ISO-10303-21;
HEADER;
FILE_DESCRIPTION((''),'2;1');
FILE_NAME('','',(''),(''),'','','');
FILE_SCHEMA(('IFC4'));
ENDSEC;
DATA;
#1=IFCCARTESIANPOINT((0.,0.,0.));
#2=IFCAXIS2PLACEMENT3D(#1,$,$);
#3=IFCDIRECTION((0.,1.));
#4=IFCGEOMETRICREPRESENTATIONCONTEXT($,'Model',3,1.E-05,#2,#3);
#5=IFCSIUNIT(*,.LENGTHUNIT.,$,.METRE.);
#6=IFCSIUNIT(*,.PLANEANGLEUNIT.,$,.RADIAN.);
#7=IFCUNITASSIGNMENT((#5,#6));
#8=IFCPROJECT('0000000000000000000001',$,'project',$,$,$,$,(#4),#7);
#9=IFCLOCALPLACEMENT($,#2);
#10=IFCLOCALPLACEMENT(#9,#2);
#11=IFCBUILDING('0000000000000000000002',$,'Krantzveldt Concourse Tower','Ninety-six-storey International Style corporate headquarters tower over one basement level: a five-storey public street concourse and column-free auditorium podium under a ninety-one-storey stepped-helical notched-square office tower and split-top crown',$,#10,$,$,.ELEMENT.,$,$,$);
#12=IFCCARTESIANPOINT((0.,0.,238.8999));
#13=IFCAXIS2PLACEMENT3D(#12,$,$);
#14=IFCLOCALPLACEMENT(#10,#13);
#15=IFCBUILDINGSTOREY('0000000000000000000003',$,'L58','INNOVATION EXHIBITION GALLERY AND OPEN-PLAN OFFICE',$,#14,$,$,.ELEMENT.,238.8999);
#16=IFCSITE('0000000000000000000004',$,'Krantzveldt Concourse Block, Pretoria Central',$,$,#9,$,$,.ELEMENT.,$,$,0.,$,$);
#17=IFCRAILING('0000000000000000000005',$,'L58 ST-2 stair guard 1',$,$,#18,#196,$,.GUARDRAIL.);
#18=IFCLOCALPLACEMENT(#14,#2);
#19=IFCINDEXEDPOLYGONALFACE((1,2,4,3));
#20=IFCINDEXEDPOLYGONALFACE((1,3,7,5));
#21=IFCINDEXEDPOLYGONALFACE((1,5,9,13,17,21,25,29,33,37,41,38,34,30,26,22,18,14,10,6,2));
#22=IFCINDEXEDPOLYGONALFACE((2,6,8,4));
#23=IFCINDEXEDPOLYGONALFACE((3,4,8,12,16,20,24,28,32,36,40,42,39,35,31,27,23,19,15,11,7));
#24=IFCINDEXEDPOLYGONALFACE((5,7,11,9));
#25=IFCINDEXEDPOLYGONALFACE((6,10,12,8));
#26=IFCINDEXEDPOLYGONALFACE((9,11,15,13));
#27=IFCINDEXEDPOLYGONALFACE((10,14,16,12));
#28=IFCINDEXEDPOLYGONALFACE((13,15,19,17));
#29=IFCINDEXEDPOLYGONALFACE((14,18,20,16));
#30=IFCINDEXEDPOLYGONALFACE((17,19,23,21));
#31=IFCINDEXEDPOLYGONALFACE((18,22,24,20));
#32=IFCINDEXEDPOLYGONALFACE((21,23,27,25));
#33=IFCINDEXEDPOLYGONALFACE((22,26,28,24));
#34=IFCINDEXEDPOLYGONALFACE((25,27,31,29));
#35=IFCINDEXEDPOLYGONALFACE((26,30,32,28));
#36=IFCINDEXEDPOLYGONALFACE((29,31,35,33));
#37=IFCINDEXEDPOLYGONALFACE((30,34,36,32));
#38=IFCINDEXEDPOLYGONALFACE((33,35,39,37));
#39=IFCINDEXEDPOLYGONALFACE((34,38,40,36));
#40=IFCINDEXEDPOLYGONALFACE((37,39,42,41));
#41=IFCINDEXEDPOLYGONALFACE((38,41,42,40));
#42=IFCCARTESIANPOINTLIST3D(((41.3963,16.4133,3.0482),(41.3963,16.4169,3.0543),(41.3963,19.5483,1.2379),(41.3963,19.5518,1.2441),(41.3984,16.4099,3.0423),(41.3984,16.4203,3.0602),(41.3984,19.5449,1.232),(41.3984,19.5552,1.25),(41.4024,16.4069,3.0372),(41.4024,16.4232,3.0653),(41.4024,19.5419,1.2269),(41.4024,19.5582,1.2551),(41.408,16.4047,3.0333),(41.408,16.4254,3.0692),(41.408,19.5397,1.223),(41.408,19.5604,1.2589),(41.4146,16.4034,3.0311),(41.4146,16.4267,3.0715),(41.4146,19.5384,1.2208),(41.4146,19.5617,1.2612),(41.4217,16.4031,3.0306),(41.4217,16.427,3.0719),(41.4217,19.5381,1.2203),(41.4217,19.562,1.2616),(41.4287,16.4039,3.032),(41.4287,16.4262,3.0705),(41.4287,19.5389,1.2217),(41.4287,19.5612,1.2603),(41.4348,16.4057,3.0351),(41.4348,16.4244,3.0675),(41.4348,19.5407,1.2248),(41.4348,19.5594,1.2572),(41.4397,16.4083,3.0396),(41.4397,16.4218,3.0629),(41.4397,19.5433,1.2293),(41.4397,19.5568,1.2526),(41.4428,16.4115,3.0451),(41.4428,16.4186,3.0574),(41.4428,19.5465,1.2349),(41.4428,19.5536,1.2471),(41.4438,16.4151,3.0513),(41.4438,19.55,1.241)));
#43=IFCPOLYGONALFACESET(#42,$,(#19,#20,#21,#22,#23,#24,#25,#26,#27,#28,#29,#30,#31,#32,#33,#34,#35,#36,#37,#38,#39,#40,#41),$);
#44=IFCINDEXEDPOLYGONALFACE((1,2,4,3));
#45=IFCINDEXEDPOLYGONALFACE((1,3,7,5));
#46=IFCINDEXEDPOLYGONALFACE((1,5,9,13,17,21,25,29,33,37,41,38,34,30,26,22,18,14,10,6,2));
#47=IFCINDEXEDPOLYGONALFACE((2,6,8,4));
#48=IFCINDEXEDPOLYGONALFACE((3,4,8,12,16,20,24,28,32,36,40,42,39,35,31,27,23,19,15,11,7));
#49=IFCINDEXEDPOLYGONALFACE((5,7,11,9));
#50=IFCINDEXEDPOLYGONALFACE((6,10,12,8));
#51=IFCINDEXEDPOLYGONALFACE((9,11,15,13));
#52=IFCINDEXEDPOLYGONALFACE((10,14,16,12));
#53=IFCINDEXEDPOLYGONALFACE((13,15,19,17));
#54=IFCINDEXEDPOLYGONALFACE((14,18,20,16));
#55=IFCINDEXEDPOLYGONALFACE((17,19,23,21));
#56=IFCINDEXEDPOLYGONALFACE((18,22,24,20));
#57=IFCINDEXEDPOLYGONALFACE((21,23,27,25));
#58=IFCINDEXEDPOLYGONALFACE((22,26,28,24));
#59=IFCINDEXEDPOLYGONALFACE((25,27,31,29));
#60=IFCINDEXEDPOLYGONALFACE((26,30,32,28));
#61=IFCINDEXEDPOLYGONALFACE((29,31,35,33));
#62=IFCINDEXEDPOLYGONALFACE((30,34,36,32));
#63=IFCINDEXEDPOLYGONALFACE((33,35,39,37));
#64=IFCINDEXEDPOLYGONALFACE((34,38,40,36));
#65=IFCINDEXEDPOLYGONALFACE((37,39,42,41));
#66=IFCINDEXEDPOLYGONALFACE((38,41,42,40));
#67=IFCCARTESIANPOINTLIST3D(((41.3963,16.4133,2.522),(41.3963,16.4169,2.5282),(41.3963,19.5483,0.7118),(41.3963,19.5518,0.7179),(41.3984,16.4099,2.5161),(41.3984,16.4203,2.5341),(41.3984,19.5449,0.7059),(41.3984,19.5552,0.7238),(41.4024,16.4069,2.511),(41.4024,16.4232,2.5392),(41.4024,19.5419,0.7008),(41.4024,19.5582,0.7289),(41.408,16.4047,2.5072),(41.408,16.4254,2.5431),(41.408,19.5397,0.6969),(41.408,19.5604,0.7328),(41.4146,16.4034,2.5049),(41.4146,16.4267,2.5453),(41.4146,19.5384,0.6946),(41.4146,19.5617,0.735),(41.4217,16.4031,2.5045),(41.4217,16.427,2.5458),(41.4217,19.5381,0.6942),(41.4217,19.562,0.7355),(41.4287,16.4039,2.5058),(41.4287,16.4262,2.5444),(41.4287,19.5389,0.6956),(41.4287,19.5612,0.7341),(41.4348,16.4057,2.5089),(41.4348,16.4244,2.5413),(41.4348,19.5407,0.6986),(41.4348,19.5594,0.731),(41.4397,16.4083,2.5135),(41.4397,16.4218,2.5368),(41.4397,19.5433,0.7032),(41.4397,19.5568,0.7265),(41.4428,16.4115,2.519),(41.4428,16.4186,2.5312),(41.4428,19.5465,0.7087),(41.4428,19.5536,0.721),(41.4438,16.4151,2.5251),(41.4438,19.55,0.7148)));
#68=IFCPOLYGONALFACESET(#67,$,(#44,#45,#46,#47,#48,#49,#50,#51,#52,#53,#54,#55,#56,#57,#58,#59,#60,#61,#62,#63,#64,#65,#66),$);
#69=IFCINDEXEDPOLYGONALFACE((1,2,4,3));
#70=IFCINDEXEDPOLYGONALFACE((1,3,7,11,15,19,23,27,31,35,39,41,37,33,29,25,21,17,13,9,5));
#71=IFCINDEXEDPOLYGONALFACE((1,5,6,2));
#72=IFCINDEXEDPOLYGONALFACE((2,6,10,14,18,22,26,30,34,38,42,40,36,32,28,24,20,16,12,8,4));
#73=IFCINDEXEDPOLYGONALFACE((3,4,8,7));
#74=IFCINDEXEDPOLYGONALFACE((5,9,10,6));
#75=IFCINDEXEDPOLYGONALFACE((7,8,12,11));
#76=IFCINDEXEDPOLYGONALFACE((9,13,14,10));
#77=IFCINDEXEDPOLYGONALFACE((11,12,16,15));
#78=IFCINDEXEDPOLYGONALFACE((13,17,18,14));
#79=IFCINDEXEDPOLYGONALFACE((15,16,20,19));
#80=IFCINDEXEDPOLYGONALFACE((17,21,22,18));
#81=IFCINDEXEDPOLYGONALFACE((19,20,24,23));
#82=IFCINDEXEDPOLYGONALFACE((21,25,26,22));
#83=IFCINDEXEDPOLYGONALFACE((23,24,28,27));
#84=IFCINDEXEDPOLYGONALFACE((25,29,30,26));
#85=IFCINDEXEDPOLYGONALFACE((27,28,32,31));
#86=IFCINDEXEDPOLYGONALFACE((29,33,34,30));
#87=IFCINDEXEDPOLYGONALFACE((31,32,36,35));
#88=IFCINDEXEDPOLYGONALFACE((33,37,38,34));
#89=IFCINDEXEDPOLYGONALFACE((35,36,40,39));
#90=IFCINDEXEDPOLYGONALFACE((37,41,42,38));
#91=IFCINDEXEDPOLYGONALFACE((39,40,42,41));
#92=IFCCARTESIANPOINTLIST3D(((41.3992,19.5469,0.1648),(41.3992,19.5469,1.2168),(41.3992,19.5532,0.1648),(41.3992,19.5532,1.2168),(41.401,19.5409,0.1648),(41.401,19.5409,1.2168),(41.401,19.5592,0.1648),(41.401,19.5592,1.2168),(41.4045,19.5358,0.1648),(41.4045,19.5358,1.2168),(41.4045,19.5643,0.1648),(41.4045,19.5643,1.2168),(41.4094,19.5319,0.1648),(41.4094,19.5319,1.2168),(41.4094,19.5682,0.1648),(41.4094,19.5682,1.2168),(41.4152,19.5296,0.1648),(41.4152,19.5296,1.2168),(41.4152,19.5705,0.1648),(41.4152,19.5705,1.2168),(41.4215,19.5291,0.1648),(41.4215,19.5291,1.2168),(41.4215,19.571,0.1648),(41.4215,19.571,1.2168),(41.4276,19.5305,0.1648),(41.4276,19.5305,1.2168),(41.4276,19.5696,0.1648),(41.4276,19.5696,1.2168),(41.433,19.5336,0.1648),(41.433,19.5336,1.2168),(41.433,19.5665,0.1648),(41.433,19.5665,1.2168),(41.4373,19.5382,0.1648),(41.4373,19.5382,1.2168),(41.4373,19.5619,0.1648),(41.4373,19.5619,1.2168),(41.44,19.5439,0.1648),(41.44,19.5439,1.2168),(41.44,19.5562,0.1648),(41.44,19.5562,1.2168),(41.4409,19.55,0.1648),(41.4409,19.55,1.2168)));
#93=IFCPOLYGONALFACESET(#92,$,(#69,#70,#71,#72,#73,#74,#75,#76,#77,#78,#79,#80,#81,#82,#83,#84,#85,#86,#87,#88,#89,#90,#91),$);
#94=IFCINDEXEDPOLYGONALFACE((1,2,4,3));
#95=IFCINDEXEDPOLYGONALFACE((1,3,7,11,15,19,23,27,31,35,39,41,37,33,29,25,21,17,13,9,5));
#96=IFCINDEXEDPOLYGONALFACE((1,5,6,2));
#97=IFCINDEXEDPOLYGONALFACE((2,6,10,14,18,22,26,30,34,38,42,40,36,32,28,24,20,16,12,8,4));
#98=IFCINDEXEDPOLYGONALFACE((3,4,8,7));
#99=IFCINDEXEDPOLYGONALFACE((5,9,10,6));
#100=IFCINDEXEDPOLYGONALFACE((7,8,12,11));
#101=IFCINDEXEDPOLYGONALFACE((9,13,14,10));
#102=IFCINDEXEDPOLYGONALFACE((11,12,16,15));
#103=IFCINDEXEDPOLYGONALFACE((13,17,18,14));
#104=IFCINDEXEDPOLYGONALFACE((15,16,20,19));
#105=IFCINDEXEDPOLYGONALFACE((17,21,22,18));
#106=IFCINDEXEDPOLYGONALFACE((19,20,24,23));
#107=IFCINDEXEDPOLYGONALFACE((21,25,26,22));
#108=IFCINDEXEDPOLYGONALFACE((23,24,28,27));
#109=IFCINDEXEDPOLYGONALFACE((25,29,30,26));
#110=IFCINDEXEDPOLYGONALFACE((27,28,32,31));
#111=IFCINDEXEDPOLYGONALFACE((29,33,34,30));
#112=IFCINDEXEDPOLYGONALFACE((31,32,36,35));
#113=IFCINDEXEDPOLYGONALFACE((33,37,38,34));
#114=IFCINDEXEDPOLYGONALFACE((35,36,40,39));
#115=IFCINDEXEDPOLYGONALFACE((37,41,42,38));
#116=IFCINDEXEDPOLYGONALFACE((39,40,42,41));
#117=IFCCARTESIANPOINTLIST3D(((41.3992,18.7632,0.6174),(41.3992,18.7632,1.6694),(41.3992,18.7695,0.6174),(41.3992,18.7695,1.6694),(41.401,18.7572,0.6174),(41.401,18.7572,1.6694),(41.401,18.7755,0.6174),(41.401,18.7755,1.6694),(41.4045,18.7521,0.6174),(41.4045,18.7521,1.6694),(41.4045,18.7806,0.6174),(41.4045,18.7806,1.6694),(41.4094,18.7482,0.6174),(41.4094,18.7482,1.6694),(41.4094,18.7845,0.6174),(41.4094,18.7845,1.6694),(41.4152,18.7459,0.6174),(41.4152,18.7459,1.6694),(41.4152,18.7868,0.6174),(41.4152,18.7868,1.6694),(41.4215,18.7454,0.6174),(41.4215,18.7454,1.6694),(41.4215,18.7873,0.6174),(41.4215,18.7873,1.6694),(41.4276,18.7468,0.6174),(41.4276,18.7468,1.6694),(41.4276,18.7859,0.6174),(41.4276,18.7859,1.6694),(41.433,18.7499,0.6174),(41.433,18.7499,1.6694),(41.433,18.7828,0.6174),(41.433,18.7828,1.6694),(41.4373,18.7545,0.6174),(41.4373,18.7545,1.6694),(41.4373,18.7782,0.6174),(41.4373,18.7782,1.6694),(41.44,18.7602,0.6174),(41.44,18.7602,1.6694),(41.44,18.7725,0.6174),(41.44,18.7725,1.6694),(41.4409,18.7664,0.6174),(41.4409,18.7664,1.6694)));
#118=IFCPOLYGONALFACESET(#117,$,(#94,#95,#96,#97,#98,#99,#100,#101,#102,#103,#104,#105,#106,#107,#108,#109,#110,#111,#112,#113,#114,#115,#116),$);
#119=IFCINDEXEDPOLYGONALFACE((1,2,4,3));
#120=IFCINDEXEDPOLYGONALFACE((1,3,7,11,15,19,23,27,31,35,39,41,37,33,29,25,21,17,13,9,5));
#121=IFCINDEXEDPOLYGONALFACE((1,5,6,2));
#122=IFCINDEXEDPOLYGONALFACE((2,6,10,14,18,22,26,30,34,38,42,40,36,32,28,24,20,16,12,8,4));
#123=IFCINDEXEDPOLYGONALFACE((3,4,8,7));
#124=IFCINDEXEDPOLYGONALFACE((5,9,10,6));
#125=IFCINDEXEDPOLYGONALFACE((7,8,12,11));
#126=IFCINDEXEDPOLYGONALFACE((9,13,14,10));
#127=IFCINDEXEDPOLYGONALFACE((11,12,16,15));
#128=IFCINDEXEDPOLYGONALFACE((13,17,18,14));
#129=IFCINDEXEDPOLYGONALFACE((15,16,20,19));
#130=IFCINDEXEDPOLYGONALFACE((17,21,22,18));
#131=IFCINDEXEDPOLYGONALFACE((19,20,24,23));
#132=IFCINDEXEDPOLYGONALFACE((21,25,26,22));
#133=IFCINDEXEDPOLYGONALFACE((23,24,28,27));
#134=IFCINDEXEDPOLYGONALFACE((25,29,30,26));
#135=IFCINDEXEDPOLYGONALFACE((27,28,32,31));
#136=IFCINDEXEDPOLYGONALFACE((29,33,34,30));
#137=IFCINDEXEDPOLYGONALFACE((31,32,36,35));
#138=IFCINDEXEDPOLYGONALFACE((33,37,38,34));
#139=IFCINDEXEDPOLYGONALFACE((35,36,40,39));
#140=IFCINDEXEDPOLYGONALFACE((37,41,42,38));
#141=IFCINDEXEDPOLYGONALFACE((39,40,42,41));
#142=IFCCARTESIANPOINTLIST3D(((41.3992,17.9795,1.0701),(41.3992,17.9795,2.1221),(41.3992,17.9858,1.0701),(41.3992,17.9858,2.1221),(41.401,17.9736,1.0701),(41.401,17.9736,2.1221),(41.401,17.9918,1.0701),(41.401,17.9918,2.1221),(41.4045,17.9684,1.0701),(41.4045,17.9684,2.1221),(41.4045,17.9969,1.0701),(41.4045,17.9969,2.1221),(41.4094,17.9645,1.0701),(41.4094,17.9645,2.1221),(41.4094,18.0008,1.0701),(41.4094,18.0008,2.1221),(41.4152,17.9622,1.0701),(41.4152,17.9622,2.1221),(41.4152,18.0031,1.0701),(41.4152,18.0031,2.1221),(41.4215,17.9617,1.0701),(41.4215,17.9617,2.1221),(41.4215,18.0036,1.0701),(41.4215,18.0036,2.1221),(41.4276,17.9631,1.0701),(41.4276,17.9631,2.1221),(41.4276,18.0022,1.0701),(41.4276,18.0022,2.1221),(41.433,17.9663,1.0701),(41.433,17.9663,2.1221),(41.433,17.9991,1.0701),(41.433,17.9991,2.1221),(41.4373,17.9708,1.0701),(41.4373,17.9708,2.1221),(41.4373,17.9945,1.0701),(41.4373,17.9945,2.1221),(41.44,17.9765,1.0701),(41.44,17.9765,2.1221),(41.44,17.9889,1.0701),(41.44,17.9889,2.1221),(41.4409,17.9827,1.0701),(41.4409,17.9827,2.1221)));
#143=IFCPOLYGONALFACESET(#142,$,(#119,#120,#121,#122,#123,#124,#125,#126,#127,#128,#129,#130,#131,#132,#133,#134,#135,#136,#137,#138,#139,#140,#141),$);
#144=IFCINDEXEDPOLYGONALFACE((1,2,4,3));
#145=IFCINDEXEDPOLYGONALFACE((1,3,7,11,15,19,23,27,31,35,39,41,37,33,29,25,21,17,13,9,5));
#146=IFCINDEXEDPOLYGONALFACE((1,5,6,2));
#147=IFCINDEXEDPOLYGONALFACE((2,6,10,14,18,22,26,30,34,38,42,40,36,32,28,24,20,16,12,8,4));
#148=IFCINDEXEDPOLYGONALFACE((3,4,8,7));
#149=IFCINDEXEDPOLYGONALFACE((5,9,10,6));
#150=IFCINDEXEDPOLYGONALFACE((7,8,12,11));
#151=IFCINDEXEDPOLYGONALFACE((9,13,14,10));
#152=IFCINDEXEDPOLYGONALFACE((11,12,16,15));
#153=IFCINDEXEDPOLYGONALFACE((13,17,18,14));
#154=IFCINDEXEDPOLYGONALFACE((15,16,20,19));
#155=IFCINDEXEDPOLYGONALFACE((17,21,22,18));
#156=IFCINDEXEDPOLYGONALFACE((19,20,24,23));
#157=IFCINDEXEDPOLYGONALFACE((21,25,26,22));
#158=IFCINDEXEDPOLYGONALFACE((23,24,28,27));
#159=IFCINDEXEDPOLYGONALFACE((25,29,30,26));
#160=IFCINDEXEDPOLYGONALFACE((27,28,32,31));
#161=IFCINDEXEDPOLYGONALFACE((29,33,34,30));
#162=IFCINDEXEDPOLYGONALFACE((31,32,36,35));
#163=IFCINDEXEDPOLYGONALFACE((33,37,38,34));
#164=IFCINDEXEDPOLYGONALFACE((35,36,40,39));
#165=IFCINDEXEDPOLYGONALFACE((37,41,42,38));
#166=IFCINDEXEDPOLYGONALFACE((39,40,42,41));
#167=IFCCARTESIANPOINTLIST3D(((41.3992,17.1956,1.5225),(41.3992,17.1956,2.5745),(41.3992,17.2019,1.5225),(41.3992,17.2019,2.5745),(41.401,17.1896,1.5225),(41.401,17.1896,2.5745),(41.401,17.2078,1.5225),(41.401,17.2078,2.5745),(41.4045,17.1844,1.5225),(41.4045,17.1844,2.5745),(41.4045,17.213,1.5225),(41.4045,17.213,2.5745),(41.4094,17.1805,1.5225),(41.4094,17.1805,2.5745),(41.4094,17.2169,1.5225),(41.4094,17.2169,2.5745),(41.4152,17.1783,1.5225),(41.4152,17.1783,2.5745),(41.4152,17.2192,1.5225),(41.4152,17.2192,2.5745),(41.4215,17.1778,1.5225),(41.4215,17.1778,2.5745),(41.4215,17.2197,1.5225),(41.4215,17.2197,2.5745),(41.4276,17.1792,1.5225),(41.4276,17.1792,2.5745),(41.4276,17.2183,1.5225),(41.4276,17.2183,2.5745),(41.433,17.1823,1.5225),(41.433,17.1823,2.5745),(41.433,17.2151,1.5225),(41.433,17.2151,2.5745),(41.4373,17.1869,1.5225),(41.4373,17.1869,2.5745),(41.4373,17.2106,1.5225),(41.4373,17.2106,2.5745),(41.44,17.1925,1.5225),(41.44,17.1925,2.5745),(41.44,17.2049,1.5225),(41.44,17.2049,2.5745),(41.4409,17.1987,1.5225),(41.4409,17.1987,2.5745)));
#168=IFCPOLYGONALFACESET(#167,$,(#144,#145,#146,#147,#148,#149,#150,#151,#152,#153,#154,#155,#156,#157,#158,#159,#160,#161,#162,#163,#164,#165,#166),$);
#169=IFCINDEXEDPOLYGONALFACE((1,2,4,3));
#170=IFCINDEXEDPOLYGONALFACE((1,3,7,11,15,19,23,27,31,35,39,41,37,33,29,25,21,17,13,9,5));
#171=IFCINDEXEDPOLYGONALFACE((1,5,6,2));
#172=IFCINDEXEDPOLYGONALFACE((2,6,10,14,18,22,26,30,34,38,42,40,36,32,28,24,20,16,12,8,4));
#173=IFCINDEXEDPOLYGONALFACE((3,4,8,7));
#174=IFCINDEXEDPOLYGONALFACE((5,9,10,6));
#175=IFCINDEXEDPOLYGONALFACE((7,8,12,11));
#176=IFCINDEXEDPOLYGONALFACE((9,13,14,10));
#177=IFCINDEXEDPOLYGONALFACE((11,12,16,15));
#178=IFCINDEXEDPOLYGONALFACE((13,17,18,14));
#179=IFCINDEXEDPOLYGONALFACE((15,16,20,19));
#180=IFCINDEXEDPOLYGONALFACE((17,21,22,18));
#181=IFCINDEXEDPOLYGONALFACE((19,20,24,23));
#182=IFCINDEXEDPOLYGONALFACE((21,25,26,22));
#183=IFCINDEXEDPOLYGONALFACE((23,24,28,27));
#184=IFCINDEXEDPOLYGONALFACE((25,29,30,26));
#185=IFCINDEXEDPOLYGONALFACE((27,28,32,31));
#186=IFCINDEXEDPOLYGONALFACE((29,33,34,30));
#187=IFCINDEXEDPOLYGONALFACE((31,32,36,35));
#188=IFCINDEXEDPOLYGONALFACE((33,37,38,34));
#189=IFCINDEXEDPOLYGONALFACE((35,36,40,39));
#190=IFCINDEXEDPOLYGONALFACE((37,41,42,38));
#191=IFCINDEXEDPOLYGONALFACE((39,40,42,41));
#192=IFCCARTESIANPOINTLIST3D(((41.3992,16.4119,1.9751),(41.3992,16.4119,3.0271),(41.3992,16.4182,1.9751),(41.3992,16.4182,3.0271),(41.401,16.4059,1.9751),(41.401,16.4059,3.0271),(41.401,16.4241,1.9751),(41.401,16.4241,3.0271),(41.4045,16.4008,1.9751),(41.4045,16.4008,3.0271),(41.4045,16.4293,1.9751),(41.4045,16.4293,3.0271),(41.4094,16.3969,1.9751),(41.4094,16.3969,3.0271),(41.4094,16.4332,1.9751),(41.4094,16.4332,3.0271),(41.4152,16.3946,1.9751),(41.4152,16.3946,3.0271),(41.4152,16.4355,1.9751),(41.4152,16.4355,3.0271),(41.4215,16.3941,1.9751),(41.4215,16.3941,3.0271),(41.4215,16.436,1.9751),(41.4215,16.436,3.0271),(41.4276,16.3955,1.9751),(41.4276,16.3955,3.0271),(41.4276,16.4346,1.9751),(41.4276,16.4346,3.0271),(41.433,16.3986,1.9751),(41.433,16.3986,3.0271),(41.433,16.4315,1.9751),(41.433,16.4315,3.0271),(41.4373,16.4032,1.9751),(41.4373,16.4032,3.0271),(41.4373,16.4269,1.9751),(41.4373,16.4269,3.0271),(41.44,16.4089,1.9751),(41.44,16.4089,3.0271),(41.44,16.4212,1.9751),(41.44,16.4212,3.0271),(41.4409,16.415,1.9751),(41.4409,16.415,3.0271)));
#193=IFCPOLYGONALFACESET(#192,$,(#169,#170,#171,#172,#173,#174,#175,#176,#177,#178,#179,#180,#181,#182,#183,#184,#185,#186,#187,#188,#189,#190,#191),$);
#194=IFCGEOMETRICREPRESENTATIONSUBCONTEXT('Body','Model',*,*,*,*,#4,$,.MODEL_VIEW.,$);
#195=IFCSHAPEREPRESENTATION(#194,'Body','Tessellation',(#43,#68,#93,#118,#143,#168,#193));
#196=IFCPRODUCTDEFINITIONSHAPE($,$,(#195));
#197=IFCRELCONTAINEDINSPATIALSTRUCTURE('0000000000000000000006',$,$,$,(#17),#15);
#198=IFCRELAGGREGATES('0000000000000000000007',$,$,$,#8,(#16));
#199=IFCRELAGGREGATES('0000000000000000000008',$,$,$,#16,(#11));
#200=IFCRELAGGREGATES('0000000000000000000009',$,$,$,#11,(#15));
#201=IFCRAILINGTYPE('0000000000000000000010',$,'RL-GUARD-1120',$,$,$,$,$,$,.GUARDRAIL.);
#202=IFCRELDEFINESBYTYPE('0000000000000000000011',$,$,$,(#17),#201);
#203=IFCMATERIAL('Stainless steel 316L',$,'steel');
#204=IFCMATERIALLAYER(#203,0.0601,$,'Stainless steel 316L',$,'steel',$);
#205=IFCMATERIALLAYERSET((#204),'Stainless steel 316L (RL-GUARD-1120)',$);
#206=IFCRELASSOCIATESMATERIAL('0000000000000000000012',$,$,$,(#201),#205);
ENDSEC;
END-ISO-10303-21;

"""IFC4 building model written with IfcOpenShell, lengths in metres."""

from ifc_helpers import new_model, si_unit, direction, frame, origin, origin_2d, place, context, subcontext, project, spatial, circle, extrude, material, layer, layer_set, type_object, element, save


model = new_model("IFC4")

# Units and contexts
model_context = context("Model", 3, precision=1e-05, world=origin(), true_north=direction((0.0, 1.0)))
body_context = subcontext(model_context, "Body", "Model", "MODEL_VIEW")
ifc_project = project(units=[si_unit("LENGTHUNIT", "METRE"), si_unit("PLANEANGLEUNIT", "RADIAN")], contexts=[model_context])

# Site, building, storey
site_placement = place(None, origin())
site = spatial("IfcSite", under=ifc_project, at=site_placement, Name="Krantzveldt Concourse Block, Pretoria Central", CompositionType="ELEMENT", RefElevation=0.0)
building_placement = place(site_placement, origin())
building = spatial("IfcBuilding", under=site, at=building_placement, Name="Krantzveldt Concourse Tower", Description="Ninety-six-storey International Style corporate headquarters tower over one basement level: a five-storey public street concourse and column-free auditorium podium under a ninety-one-storey stepped-helical notched-square office tower and split-top crown", CompositionType="ELEMENT")
storey_placement = place(building_placement, frame((0.0, 0.0, 238.8999)))
storey = spatial("IfcBuildingStorey", under=building, at=storey_placement, Name="L58", Description="INNOVATION EXHIBITION GALLERY AND OPEN-PLAN OFFICE", CompositionType="ELEMENT", Elevation=238.8999)

# Shared definitions
ifc_material_1 = material(Name="Stainless steel 316L", Category="steel")

# Railing
ifc_layer_1 = layer(ifc_material_1, 0.0601, Name="Stainless steel 316L", Category="steel")
ifc_layer_set_1 = layer_set([ifc_layer_1], Name="Stainless steel 316L (RL-GUARD-1120)")
railing_type_1 = type_object("IfcRailingType", Name="RL-GUARD-1120", PredefinedType="GUARDRAIL", material=ifc_layer_set_1)
railing_1_placement = place(storey_placement, frame((41.4199, 19.55, 0.1648)))
element("IfcRailing", 1, at=railing_1_placement, inside=storey, type_object=railing_type_1, Name="L58 ST-2 stair guard 1", PredefinedType="GUARDRAIL", context=body_context, shape_type="SweptSolid", body=[
    extrude(circle(Radius=0.0239, at=origin_2d()), frame((0.0, 0.0, 1.0762), z_axis=(0.0, -0.865989, 0.500063), x_axis=(1.0, 0.0, 0.0)), (0.0, 0.0, 1.0), 3.6201),
    extrude(circle(Radius=0.0239, at=origin_2d()), frame((0.0, 0.0, 0.55), z_axis=(0.0, -0.865989, 0.500063), x_axis=(1.0, 0.0, 0.0)), (0.0, 0.0, 1.0), 3.6201),
    extrude(circle(Radius=0.021, at=origin_2d()), origin(), (0.0, 0.0, 1.0), 1.052),
    extrude(circle(Radius=0.021, at=origin_2d()), frame((0.0, -0.7837, 0.4526)), (0.0, 0.0, 1.0), 1.052),
    extrude(circle(Radius=0.021, at=origin_2d()), frame((0.0, -1.5674, 0.9053)), (0.0, 0.0, 1.0), 1.052),
    extrude(circle(Radius=0.021, at=origin_2d()), frame((0.0, -2.3513, 1.3577)), (0.0, 0.0, 1.0), 1.052),
    extrude(circle(Radius=0.021, at=origin_2d()), frame((0.0, -3.135, 1.8103)), (0.0, 0.0, 1.0), 1.052),
])

save(model, "model.ifc")
